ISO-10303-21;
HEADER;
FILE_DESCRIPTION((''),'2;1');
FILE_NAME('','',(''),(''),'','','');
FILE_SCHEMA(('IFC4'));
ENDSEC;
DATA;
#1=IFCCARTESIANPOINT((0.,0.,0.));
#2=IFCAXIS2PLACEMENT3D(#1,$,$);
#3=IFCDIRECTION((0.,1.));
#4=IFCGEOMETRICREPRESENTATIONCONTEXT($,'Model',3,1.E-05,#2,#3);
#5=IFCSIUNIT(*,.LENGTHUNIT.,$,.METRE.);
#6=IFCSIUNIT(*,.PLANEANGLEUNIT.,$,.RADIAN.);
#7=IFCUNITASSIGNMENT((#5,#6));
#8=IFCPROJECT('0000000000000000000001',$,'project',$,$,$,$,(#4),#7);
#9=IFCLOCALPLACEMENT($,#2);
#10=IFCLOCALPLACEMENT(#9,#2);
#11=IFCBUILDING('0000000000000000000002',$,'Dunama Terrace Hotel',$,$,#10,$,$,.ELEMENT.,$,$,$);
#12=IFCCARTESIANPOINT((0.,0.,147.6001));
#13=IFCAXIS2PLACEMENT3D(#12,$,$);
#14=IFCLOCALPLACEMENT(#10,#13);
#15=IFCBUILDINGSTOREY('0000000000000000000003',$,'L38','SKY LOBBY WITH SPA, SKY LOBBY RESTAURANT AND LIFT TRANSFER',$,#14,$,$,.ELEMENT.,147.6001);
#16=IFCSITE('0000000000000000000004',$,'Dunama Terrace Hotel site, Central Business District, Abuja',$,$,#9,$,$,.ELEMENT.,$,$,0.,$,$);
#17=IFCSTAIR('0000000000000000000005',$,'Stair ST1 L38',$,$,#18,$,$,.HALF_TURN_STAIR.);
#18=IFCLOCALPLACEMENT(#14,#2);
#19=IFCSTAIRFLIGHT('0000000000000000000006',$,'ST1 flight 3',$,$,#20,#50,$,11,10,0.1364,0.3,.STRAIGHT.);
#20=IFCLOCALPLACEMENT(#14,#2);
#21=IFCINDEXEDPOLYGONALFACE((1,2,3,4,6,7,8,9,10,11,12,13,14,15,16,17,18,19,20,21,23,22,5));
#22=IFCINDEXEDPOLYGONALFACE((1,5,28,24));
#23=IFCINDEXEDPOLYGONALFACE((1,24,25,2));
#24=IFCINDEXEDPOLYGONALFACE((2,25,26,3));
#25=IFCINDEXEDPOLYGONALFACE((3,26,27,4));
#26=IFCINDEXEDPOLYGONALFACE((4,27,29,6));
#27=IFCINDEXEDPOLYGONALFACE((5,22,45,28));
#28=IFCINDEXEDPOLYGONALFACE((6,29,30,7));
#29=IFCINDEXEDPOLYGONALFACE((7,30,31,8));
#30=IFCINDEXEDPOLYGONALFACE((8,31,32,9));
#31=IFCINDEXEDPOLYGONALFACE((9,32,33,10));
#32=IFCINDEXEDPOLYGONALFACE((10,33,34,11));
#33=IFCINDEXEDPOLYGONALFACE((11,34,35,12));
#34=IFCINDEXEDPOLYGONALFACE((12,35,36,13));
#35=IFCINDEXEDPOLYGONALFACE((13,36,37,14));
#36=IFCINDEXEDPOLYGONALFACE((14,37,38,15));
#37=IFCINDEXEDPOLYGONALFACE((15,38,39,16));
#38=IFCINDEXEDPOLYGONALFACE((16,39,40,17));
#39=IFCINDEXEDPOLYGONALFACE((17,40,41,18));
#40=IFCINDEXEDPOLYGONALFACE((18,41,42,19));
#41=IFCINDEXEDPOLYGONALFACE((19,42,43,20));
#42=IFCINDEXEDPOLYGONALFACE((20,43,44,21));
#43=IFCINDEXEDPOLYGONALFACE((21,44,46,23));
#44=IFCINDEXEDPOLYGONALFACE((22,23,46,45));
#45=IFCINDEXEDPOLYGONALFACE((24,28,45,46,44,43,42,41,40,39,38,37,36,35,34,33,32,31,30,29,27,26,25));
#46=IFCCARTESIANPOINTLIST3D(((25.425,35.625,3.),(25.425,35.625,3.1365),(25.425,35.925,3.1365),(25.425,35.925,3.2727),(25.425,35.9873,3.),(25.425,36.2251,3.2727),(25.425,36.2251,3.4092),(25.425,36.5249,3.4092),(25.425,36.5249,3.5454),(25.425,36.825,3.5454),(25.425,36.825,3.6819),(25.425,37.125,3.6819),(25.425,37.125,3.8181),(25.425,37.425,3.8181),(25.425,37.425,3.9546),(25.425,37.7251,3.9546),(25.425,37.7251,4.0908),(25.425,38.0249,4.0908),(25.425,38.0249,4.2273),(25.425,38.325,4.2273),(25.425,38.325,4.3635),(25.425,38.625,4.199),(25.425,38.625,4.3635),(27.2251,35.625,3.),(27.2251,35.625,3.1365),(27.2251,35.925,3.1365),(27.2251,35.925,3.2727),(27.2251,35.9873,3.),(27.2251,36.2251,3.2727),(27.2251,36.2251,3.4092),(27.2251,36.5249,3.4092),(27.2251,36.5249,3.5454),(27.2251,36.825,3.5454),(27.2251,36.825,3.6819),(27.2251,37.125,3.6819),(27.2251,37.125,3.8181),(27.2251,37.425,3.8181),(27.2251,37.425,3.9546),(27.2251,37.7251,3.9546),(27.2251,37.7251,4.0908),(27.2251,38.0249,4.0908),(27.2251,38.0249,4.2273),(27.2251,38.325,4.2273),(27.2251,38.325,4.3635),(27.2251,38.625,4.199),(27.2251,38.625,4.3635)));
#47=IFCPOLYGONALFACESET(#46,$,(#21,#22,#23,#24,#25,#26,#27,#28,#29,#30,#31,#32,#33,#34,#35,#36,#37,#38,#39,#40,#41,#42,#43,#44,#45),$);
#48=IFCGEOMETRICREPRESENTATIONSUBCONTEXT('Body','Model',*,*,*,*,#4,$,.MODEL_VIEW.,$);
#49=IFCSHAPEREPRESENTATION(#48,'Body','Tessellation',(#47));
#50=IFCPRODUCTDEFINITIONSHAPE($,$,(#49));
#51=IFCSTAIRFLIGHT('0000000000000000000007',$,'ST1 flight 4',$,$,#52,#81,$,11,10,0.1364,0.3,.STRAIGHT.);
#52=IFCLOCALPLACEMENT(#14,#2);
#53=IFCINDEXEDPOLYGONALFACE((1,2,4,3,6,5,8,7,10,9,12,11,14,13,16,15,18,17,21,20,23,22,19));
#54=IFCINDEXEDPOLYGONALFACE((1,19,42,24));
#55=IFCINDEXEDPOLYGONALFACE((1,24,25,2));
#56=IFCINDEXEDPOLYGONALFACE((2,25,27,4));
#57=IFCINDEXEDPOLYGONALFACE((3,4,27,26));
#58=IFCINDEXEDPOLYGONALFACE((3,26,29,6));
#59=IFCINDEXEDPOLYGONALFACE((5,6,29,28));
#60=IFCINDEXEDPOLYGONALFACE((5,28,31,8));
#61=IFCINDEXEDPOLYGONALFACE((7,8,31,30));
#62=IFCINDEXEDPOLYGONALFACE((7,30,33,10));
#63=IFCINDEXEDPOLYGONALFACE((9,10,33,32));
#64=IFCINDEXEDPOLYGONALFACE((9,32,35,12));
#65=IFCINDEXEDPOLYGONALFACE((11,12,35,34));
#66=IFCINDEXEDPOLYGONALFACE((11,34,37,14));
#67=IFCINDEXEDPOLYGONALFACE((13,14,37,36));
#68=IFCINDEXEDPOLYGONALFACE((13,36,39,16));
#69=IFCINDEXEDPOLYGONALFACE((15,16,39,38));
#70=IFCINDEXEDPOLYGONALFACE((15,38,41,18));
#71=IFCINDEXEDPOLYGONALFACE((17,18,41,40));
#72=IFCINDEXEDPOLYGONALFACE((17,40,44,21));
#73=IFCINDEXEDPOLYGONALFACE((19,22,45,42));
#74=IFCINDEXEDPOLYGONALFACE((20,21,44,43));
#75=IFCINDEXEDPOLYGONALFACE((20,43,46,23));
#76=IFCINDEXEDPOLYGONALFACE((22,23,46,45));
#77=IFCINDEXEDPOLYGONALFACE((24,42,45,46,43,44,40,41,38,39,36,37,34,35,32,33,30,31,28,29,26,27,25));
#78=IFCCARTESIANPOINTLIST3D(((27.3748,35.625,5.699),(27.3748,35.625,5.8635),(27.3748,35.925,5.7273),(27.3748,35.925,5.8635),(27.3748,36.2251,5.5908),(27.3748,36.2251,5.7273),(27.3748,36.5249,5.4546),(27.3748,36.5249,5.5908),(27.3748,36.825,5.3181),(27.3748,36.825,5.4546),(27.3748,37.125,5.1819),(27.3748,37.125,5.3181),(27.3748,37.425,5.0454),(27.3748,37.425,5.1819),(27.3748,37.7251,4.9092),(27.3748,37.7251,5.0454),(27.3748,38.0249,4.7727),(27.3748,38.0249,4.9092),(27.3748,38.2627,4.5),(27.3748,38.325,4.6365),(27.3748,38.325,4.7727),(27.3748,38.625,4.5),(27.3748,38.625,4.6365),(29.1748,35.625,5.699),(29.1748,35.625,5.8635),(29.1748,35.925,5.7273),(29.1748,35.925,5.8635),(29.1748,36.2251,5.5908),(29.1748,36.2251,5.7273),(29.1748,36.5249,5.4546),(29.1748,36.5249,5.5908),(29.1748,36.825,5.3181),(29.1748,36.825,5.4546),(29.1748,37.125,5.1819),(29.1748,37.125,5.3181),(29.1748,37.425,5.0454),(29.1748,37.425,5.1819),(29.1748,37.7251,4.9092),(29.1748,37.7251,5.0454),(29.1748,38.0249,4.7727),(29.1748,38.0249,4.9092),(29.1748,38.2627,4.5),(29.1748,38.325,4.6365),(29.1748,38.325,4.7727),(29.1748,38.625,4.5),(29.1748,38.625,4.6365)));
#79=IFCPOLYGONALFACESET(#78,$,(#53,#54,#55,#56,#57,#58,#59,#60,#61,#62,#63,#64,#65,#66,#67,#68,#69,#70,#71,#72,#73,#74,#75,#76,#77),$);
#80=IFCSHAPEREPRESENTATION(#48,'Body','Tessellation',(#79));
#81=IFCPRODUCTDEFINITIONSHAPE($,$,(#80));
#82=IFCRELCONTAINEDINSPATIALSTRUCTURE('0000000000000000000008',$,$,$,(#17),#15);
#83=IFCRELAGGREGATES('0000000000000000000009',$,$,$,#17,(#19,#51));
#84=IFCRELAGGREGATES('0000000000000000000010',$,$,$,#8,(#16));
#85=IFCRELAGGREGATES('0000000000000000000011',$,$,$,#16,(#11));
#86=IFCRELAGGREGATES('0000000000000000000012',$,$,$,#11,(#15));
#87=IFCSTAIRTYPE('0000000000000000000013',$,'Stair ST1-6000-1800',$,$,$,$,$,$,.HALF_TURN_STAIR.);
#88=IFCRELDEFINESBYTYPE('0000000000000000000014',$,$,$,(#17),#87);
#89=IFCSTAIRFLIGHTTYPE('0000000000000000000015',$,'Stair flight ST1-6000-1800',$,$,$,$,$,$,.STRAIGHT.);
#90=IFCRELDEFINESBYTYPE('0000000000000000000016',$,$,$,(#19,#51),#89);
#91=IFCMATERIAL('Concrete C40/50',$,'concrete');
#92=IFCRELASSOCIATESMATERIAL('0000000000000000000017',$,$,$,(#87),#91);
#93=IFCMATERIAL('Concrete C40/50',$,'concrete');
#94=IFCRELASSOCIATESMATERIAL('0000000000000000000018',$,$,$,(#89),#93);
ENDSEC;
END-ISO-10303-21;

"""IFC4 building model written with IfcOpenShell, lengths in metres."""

from ifc_helpers import new_model, si_unit, direction, frame, origin, place, context, subcontext, project, spatial, polyline, outline, extrude, material, type_object, element, aggregate, save


model = new_model("IFC4")

# Units and contexts
model_context = context("Model", 3, precision=1e-05, world=origin(), true_north=direction((0.0, 1.0)))
body_context = subcontext(model_context, "Body", "Model", "MODEL_VIEW")
ifc_project = project(units=[si_unit("LENGTHUNIT", "METRE"), si_unit("PLANEANGLEUNIT", "RADIAN")], contexts=[model_context])

# Site, building, storey
site_placement = place(None, origin())
site = spatial("IfcSite", under=ifc_project, at=site_placement, Name="Dunama Terrace Hotel site, Central Business District, Abuja", CompositionType="ELEMENT", RefElevation=0.0)
building_placement = place(site_placement, origin())
building = spatial("IfcBuilding", under=site, at=building_placement, Name="Dunama Terrace Hotel", CompositionType="ELEMENT")
storey_placement = place(building_placement, frame((0.0, 0.0, 147.6001)))
storey = spatial("IfcBuildingStorey", under=building, at=storey_placement, Name="L38", Description="SKY LOBBY WITH SPA, SKY LOBBY RESTAURANT AND LIFT TRANSFER", CompositionType="ELEMENT", Elevation=147.6001)

# Stair, stair flights
ifc_material_1 = material(Name="Concrete C40/50", Category="concrete")
stair_type = type_object("IfcStairType", Name="Stair ST1-6000-1800", PredefinedType="HALF_TURN_STAIR", material=ifc_material_1)
stair_placement = place(storey_placement, origin())
stair = element("IfcStair", 1, at=stair_placement, inside=storey, type_object=stair_type, Name="Stair ST1 L38", PredefinedType="HALF_TURN_STAIR")
ifc_material_2 = material(Name="Concrete C40/50", Category="concrete")
stair_flight_type = type_object("IfcStairFlightType", Name="Stair flight ST1-6000-1800", PredefinedType="STRAIGHT", material=ifc_material_2)
stair_flight_1_placement = place(storey_placement, frame((26.325, 35.625, 3.0), z_axis=(0.0, 0.0, 1.0), x_axis=(0.0, 1.0, 0.0)))
stair_flight_1 = element("IfcStairFlight", 2, at=stair_flight_1_placement, type_object=stair_flight_type, Name="ST1 flight 3", NumberOfRisers=11, NumberOfTreads=10, PredefinedType="STRAIGHT", RiserHeight=0.1364, TreadLength=0.3, context=body_context, shape_type="SweptSolid", body=[
    extrude(outline(polyline([(0.0, 0.0), (0.0, 0.1365), (0.3, 0.1365), (0.3, 0.2727), (0.6001, 0.2727), (0.6001, 0.4092), (0.8999, 0.4092), (0.8999, 0.5454), (1.2, 0.5454), (1.2, 0.6819), (1.5, 0.6819), (1.5, 0.8181), (1.8, 0.8181), (1.8, 0.9546), (2.1001, 0.9546), (2.1001, 1.0908), (2.3999, 1.0908), (2.3999, 1.2273), (2.7, 1.2273), (2.7, 1.3635), (3.0, 1.3635), (3.0, 1.5), (3.0, 1.199), (0.3623, 0.0), (0.0, 0.0)])), frame((0.0, 0.8999, 0.0), z_axis=(0.0, -1.0, 0.0), x_axis=(1.0, 0.0, 0.0)), (0.0, 0.0, 1.0), 1.8),
])
stair_flight_2_placement = place(storey_placement, frame((28.2749, 38.625, 4.5), z_axis=(0.0, 0.0, 1.0), x_axis=(0.0, -1.0, 0.0)))
stair_flight_2 = element("IfcStairFlight", 3, at=stair_flight_2_placement, type_object=stair_flight_type, Name="ST1 flight 4", NumberOfRisers=11, NumberOfTreads=10, PredefinedType="STRAIGHT", RiserHeight=0.1364, TreadLength=0.3, context=body_context, shape_type="SweptSolid", body=[
    extrude(outline(polyline([(0.0, 0.0), (0.0, 0.1365), (0.3, 0.1365), (0.3, 0.2727), (0.6001, 0.2727), (0.6001, 0.4092), (0.8999, 0.4092), (0.8999, 0.5454), (1.2, 0.5454), (1.2, 0.6819), (1.5, 0.6819), (1.5, 0.8181), (1.8, 0.8181), (1.8, 0.9546), (2.1001, 0.9546), (2.1001, 1.0908), (2.3999, 1.0908), (2.3999, 1.2273), (2.7, 1.2273), (2.7, 1.3635), (3.0, 1.3635), (3.0, 1.5), (3.0, 1.199), (0.3623, 0.0), (0.0, 0.0)])), frame((0.0, 0.8999, 0.0), z_axis=(0.0, -1.0, 0.0), x_axis=(1.0, 0.0, 0.0)), (0.0, 0.0, 1.0), 1.8),
])
aggregate(stair, [stair_flight_1, stair_flight_2])

save(model, "model.ifc")
